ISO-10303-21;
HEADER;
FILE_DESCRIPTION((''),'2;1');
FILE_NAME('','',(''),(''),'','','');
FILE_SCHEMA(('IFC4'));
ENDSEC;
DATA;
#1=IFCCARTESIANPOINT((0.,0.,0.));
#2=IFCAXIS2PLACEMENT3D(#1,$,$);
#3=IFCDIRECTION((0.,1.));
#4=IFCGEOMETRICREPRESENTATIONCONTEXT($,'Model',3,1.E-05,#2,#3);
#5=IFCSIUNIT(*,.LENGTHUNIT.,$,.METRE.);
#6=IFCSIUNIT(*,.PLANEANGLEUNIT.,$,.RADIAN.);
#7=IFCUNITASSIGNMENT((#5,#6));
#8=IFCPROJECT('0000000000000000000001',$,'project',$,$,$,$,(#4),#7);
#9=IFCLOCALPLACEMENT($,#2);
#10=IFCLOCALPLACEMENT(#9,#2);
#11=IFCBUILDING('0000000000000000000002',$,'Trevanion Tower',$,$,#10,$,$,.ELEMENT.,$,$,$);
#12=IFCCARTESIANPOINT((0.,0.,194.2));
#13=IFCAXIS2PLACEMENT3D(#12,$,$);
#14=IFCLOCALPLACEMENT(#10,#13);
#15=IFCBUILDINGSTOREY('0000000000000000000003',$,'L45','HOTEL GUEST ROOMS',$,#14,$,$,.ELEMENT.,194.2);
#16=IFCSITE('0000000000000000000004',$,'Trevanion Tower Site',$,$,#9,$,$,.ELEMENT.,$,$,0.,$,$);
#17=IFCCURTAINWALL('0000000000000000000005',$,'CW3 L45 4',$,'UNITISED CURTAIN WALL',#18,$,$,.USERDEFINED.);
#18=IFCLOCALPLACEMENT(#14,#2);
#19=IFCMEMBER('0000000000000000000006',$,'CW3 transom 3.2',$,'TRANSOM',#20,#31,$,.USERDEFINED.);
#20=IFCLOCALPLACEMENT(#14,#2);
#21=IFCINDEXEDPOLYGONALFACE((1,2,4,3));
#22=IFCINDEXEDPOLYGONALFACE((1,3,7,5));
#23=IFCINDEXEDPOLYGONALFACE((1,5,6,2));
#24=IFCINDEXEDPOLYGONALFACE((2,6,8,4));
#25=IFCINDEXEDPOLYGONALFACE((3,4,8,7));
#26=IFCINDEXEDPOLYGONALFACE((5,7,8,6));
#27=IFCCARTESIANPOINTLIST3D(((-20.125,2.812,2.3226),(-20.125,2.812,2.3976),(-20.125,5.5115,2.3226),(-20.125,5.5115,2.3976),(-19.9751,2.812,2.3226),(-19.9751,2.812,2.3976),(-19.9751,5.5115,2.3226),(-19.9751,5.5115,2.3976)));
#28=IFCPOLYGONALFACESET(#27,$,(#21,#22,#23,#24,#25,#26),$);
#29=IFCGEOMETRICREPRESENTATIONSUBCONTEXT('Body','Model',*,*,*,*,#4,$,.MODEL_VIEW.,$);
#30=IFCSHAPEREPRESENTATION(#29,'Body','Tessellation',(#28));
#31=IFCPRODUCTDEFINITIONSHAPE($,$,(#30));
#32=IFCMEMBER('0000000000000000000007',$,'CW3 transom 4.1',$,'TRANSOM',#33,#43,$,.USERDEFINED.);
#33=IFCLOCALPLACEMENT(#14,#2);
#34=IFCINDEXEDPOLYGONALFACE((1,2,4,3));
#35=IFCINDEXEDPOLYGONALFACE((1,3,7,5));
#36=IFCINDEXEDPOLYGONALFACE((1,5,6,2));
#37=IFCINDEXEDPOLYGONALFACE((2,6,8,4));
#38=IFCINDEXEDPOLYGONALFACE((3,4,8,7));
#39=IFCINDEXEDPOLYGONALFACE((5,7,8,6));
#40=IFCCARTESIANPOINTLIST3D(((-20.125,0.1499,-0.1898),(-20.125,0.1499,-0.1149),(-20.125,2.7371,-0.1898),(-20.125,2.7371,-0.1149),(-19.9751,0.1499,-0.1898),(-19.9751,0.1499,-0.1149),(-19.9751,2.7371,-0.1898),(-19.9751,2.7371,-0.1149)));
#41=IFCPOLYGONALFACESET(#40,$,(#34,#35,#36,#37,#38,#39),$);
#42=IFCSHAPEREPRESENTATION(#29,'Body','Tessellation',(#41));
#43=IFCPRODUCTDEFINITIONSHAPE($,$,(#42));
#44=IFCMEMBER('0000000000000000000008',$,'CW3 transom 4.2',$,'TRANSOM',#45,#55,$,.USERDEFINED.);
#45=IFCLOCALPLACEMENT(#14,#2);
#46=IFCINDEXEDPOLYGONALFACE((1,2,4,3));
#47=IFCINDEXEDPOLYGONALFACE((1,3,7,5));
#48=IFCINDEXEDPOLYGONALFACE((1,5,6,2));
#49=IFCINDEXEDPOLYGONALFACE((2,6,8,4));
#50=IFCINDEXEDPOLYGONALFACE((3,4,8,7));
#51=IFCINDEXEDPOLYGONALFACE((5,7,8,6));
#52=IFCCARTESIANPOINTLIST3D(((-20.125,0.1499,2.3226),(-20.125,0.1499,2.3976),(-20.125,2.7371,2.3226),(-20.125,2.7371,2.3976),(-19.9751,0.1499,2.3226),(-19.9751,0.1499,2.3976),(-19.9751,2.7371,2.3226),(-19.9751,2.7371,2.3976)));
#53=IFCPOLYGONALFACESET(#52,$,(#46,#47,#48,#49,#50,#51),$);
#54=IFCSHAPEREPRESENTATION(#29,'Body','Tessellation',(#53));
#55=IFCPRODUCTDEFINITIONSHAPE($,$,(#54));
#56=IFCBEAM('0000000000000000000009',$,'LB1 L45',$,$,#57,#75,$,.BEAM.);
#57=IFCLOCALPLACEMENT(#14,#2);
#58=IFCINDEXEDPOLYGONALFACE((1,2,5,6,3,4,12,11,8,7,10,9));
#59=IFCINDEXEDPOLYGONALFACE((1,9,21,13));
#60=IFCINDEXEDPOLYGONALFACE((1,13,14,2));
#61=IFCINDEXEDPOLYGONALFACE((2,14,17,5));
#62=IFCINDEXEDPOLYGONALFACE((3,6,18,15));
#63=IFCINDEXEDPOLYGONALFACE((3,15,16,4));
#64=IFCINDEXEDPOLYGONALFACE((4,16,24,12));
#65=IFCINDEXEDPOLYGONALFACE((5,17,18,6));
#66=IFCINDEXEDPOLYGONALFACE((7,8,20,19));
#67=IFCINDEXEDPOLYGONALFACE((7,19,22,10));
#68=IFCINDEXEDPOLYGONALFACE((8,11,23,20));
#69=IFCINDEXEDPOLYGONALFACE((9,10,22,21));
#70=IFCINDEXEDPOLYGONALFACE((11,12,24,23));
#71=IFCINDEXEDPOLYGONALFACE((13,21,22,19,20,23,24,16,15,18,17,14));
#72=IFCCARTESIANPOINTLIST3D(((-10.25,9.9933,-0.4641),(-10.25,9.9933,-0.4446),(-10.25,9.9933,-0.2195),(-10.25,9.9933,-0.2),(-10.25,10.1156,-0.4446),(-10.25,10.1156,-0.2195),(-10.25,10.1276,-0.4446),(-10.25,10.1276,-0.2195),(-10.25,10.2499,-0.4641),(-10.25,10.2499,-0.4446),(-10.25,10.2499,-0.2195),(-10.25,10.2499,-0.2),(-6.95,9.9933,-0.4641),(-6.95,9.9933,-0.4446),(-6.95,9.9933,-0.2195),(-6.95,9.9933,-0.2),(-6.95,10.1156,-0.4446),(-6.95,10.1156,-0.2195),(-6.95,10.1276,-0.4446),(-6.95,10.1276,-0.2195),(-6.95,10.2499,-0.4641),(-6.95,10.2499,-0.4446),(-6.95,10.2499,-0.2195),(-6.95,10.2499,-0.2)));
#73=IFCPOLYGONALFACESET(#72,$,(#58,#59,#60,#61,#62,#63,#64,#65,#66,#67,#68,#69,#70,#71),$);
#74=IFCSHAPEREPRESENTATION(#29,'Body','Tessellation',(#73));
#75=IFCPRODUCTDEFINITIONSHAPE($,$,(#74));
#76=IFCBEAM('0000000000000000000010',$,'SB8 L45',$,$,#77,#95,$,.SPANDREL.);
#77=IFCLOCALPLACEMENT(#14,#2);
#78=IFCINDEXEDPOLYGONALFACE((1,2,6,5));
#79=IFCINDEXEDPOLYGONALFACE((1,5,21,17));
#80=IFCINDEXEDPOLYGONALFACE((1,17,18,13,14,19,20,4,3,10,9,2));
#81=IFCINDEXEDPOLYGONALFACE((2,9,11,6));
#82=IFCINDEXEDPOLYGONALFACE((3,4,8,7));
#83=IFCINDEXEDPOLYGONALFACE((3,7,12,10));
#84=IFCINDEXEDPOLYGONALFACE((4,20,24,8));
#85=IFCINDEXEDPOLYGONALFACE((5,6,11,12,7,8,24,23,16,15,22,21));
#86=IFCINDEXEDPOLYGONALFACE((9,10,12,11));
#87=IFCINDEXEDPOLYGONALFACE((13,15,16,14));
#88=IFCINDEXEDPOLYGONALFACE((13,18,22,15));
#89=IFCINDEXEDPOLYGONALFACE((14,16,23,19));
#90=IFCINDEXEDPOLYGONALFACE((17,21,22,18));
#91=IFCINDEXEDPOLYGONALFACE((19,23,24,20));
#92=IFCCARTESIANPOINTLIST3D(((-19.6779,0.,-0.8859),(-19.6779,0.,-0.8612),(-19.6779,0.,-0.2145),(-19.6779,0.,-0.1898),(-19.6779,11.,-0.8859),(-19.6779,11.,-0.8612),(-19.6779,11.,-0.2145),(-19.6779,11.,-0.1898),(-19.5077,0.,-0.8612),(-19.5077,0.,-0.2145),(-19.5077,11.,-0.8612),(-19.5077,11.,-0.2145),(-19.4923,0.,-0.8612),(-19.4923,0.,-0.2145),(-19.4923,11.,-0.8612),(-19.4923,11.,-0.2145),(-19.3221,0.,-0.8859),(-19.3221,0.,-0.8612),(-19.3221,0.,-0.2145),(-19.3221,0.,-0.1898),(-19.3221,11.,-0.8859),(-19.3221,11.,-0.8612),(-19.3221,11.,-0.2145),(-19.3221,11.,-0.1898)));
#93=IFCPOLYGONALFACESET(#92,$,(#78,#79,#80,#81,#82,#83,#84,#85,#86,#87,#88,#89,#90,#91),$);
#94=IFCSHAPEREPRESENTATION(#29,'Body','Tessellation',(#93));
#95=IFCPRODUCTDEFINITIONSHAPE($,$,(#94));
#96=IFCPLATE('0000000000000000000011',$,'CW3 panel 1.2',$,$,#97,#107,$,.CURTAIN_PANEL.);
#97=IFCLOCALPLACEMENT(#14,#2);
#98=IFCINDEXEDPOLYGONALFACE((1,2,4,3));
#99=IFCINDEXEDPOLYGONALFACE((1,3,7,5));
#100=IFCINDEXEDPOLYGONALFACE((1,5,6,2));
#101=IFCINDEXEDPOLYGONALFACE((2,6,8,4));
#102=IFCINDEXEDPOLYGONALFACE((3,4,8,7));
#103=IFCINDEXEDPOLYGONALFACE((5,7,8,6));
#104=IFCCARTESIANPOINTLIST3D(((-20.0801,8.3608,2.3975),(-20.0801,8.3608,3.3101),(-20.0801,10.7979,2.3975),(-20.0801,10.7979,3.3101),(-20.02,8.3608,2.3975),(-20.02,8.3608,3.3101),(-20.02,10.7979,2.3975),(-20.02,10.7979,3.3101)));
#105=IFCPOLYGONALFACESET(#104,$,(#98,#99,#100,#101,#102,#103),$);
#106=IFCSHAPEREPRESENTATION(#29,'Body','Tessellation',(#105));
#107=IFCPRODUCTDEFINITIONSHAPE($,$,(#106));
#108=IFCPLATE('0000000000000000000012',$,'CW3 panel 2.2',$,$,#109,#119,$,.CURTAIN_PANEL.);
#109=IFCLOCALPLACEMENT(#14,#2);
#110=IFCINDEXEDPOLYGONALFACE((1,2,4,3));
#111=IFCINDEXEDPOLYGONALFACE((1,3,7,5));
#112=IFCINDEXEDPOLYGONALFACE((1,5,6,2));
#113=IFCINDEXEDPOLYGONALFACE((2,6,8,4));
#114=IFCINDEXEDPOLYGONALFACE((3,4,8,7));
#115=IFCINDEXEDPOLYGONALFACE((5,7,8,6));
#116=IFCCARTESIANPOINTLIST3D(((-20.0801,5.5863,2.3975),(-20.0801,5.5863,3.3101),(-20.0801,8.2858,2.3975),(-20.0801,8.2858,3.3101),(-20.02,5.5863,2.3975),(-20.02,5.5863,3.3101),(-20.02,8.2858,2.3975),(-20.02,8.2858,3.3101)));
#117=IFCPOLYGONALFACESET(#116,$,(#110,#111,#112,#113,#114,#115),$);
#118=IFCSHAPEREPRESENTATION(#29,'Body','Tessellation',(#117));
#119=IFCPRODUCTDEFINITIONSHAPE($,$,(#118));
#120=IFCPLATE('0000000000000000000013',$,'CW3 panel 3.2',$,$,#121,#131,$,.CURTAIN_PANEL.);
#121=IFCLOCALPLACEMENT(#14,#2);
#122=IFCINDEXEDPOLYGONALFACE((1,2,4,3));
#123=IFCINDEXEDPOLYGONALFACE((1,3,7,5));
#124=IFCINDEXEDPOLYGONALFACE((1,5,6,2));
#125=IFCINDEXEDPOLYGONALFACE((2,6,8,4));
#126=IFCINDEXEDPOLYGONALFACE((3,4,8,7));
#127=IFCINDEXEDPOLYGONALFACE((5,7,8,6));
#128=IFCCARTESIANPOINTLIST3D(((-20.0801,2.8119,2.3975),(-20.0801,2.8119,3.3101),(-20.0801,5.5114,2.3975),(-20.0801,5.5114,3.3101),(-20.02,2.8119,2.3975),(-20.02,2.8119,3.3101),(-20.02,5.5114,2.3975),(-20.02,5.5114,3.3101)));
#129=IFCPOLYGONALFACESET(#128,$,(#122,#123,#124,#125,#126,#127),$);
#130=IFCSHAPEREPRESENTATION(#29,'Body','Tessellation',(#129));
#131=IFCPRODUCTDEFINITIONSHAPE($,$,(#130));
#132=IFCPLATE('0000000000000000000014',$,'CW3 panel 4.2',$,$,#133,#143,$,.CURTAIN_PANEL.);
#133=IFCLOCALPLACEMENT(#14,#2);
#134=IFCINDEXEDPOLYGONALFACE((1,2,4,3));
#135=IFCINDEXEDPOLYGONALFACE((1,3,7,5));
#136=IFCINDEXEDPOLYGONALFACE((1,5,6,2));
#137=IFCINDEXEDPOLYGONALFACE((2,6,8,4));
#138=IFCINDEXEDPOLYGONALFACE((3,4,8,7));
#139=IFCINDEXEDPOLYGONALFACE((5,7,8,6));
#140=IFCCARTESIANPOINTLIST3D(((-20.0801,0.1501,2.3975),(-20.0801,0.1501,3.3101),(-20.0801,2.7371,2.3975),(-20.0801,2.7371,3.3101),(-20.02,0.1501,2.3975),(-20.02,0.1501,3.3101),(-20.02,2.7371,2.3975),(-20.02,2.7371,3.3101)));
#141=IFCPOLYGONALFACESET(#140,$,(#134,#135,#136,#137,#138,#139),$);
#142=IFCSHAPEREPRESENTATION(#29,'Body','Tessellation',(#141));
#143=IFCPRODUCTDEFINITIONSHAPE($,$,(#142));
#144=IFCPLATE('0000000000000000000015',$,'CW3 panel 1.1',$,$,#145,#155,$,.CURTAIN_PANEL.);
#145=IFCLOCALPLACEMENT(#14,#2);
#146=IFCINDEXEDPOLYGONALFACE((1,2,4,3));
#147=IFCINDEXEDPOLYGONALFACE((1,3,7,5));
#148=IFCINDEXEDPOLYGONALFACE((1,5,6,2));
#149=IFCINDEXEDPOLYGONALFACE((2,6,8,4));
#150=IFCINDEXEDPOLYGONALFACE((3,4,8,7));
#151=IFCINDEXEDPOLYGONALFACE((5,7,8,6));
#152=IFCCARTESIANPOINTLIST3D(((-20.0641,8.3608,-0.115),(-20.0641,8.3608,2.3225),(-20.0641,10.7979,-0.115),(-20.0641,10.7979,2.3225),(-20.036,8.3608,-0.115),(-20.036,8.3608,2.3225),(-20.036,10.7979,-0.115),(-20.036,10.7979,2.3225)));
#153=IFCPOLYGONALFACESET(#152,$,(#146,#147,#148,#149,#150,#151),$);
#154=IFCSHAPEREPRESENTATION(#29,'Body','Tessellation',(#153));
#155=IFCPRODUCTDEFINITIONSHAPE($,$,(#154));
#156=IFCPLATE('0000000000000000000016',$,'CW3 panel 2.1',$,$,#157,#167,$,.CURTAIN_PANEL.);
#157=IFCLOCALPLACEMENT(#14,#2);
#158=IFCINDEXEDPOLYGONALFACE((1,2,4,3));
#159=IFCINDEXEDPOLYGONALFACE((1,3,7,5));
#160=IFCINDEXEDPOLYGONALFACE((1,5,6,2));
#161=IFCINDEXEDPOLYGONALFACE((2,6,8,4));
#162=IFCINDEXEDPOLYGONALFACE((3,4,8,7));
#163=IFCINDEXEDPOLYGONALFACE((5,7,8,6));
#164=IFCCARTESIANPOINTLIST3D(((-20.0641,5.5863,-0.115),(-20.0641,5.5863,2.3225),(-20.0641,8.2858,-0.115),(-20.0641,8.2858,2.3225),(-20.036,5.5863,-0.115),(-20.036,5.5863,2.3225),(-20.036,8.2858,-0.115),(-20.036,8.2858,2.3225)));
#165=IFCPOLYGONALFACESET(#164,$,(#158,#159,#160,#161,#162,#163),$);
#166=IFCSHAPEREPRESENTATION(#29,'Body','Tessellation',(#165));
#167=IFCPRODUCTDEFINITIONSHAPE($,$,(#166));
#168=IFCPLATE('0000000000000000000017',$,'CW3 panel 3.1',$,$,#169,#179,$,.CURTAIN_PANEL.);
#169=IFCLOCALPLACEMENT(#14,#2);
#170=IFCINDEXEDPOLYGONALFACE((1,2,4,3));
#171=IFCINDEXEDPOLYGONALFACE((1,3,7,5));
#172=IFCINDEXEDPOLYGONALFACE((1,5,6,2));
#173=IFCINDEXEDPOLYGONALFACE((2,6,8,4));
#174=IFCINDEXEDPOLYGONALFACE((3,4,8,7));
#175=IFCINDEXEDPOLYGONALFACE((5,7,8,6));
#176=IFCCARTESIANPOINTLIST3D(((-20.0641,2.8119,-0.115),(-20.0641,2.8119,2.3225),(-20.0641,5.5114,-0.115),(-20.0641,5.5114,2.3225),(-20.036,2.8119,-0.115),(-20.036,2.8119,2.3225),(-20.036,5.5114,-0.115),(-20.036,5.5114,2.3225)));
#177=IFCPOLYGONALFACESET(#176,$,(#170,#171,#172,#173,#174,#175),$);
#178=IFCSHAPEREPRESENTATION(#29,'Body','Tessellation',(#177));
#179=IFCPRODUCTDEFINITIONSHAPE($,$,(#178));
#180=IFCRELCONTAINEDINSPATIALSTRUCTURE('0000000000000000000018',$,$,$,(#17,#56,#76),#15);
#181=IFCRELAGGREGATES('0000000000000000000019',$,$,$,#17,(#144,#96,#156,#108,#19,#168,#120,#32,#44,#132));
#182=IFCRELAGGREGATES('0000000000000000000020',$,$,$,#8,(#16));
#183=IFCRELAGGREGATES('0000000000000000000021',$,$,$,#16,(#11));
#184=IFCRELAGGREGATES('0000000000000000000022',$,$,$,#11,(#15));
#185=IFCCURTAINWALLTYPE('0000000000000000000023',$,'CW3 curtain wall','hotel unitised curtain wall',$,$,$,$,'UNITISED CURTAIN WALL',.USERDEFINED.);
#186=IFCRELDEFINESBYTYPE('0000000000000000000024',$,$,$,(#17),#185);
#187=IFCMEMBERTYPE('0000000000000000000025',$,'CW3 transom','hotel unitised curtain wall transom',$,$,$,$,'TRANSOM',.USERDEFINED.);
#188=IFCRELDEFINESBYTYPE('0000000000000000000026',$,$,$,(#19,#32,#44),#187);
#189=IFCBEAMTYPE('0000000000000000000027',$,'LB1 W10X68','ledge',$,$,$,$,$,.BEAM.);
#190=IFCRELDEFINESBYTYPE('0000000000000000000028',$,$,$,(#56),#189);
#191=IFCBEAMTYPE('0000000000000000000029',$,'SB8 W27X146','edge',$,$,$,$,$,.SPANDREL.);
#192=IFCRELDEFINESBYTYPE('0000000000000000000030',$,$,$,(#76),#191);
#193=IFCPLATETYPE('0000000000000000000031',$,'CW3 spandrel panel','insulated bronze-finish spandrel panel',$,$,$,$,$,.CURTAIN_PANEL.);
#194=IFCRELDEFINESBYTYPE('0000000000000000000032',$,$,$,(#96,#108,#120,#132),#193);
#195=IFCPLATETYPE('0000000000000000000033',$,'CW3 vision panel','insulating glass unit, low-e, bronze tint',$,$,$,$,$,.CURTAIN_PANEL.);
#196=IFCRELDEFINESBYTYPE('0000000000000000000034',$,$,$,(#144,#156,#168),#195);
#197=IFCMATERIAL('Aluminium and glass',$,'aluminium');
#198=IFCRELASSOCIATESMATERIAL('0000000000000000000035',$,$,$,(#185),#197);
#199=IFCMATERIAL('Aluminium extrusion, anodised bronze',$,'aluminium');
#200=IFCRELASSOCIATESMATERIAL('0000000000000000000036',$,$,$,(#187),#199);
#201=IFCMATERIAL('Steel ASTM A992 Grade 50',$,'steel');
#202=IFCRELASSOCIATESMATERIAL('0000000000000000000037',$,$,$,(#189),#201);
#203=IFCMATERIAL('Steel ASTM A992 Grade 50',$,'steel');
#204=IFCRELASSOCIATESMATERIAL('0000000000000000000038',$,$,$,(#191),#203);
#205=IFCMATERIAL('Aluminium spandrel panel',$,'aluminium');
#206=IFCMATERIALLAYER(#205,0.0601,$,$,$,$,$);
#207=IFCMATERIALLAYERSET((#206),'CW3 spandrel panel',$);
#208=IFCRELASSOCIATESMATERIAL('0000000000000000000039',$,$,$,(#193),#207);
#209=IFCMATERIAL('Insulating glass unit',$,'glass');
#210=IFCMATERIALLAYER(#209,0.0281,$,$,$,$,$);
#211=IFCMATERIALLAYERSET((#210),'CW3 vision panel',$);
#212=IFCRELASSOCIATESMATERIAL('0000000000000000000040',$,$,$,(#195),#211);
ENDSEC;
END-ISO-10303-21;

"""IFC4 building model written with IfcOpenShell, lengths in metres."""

from ifc_helpers import new_model, si_unit, direction, frame, origin, origin_2d, place, context, subcontext, project, spatial, rectangle, i_section, extrude, material, layer, layer_set, material_profile, profile_set, type_object, element, aggregate, save


model = new_model("IFC4")

# Units and contexts
model_context = context("Model", 3, precision=1e-05, world=origin(), true_north=direction((0.0, 1.0)))
body_context = subcontext(model_context, "Body", "Model", "MODEL_VIEW")
ifc_project = project(units=[si_unit("LENGTHUNIT", "METRE"), si_unit("PLANEANGLEUNIT", "RADIAN")], contexts=[model_context])

# Site, building, storey
site_placement = place(None, origin())
site = spatial("IfcSite", under=ifc_project, at=site_placement, Name="Trevanion Tower Site", CompositionType="ELEMENT", RefElevation=0.0)
building_placement = place(site_placement, origin())
building = spatial("IfcBuilding", under=site, at=building_placement, Name="Trevanion Tower", CompositionType="ELEMENT")
storey_placement = place(building_placement, frame((0.0, 0.0, 194.2)))
storey = spatial("IfcBuildingStorey", under=building, at=storey_placement, Name="L45", Description="HOTEL GUEST ROOMS", CompositionType="ELEMENT", Elevation=194.2)

# Curtain wall, members
ifc_material_1 = material(Name="Aluminium and glass", Category="aluminium")
curtain_wall_type = type_object("IfcCurtainWallType", Name="CW3 curtain wall", Description="hotel unitised curtain wall", ElementType="UNITISED CURTAIN WALL", PredefinedType="USERDEFINED", material=ifc_material_1)
curtain_wall_placement = place(storey_placement, origin())
curtain_wall = element("IfcCurtainWall", 1, at=curtain_wall_placement, inside=storey, type_object=curtain_wall_type, Name="CW3 L45 4", ObjectType="UNITISED CURTAIN WALL", PredefinedType="USERDEFINED")
ifc_material_2 = material(Name="Aluminium extrusion, anodised bronze", Category="aluminium")
ifc_material_profile_1 = material_profile(ifc_material_2, rectangle(XDim=0.1499, YDim=0.075, at=origin_2d()), Name="CW3 transom")
ifc_profile_set_1 = profile_set([ifc_material_profile_1], Name="Aluminium extrusion, anodised bronze")
member_type_1 = type_object("IfcMemberType", Name="CW3 transom", Description="hotel unitised curtain wall transom", ElementType="TRANSOM", PredefinedType="USERDEFINED", material=ifc_profile_set_1)
member_1_placement = place(storey_placement, frame((-20.05, 5.5115, 2.3601), z_axis=(0.0, -1.0, 0.0), x_axis=(1.0, 0.0, 0.0)))
member_1 = element("IfcMember", 2, at=member_1_placement, type_object=member_type_1, Name="CW3 transom 3.2", ObjectType="TRANSOM", PredefinedType="USERDEFINED", context=body_context, shape_type="SweptSolid", body=[
    extrude(rectangle(XDim=0.1499, YDim=0.075, at=origin_2d()), origin(), (0.0, 0.0, 1.0), 2.6995),
])
member_2_placement = place(storey_placement, frame((-20.05, 2.7371, -0.1523), z_axis=(0.0, -1.0, 0.0), x_axis=(1.0, 0.0, 0.0)))
member_2 = element("IfcMember", 3, at=member_2_placement, type_object=member_type_1, Name="CW3 transom 4.1", ObjectType="TRANSOM", PredefinedType="USERDEFINED", context=body_context, shape_type="SweptSolid", body=[
    extrude(rectangle(XDim=0.1499, YDim=0.075, at=origin_2d()), origin(), (0.0, 0.0, 1.0), 2.5872),
])
member_3_placement = place(storey_placement, frame((-20.05, 2.7371, 2.3601), z_axis=(0.0, -1.0, 0.0), x_axis=(1.0, 0.0, 0.0)))
member_3 = element("IfcMember", 4, at=member_3_placement, type_object=member_type_1, Name="CW3 transom 4.2", ObjectType="TRANSOM", PredefinedType="USERDEFINED", context=body_context, shape_type="SweptSolid", body=[
    extrude(rectangle(XDim=0.1499, YDim=0.075, at=origin_2d()), origin(), (0.0, 0.0, 1.0), 2.5872),
])

# Beams
ifc_material_3 = material(Name="Steel ASTM A992 Grade 50", Category="steel")
ifc_material_profile_2 = material_profile(ifc_material_3, i_section(OverallWidth=0.2566, OverallDepth=0.2642, WebThickness=0.012, FlangeThickness=0.0195, at=origin_2d()), Name="W10X68")
ifc_profile_set_2 = profile_set([ifc_material_profile_2], Name="Steel ASTM A992 Grade 50")
beam_type_1 = type_object("IfcBeamType", Name="LB1 W10X68", Description="ledge", PredefinedType="BEAM", material=ifc_profile_set_2)
beam_1_placement = place(storey_placement, frame((-10.25, 10.1216, -0.332), z_axis=(1.0, 0.0, 0.0), x_axis=(0.0, 1.0, 0.0)))
element("IfcBeam", 5, at=beam_1_placement, inside=storey, type_object=beam_type_1, Name="LB1 L45", PredefinedType="BEAM", context=body_context, shape_type="SweptSolid", body=[
    extrude(i_section(OverallWidth=0.2566, OverallDepth=0.2642, WebThickness=0.012, FlangeThickness=0.0195, at=origin_2d()), origin(), (0.0, 0.0, 1.0), 3.3),
])
ifc_material_4 = material(Name="Steel ASTM A992 Grade 50", Category="steel")
ifc_material_profile_3 = material_profile(ifc_material_4, i_section(OverallWidth=0.3557, OverallDepth=0.696, WebThickness=0.0154, FlangeThickness=0.0247, at=origin_2d()), Name="W27X146")
ifc_profile_set_3 = profile_set([ifc_material_profile_3], Name="Steel ASTM A992 Grade 50")
beam_type_2 = type_object("IfcBeamType", Name="SB8 W27X146", Description="edge", PredefinedType="SPANDREL", material=ifc_profile_set_3)
beam_2_placement = place(storey_placement, frame((-19.5, 11.0, -0.5378), z_axis=(0.0, -1.0, 0.0), x_axis=(1.0, 0.0, 0.0)))
element("IfcBeam", 6, at=beam_2_placement, inside=storey, type_object=beam_type_2, Name="SB8 L45", PredefinedType="SPANDREL", context=body_context, shape_type="SweptSolid", body=[
    extrude(i_section(OverallWidth=0.3557, OverallDepth=0.696, WebThickness=0.0154, FlangeThickness=0.0247, at=origin_2d()), origin(), (0.0, 0.0, 1.0), 11.0),
])

# Plates
ifc_material_5 = material(Name="Aluminium spandrel panel", Category="aluminium")
ifc_layer_1 = layer(ifc_material_5, 0.0601)
ifc_layer_set_1 = layer_set([ifc_layer_1], Name="CW3 spandrel panel")
plate_type_1 = type_object("IfcPlateType", Name="CW3 spandrel panel", Description="insulated bronze-finish spandrel panel", PredefinedType="CURTAIN_PANEL", material=ifc_layer_set_1)
plate_1_placement = place(storey_placement, frame((-20.05, 9.5793, 2.3975), z_axis=(0.0, 0.0, 1.0), x_axis=(0.0, -1.0, 0.0)))
plate_1 = element("IfcPlate", 7, at=plate_1_placement, type_object=plate_type_1, Name="CW3 panel 1.2", PredefinedType="CURTAIN_PANEL", context=body_context, shape_type="SweptSolid", body=[
    extrude(rectangle(XDim=2.437, YDim=0.0601, at=origin_2d()), origin(), (0.0, 0.0, 1.0), 0.9126),
])
plate_2_placement = place(storey_placement, frame((-20.05, 6.936, 2.3975), z_axis=(0.0, 0.0, 1.0), x_axis=(0.0, -1.0, 0.0)))
plate_2 = element("IfcPlate", 8, at=plate_2_placement, type_object=plate_type_1, Name="CW3 panel 2.2", PredefinedType="CURTAIN_PANEL", context=body_context, shape_type="SweptSolid", body=[
    extrude(rectangle(XDim=2.6995, YDim=0.0601, at=origin_2d()), origin(), (0.0, 0.0, 1.0), 0.9126),
])
plate_3_placement = place(storey_placement, frame((-20.05, 4.1616, 2.3975), z_axis=(0.0, 0.0, 1.0), x_axis=(0.0, -1.0, 0.0)))
plate_3 = element("IfcPlate", 9, at=plate_3_placement, type_object=plate_type_1, Name="CW3 panel 3.2", PredefinedType="CURTAIN_PANEL", context=body_context, shape_type="SweptSolid", body=[
    extrude(rectangle(XDim=2.6995, YDim=0.0601, at=origin_2d()), origin(), (0.0, 0.0, 1.0), 0.9126),
])
plate_4_placement = place(storey_placement, frame((-20.05, 1.4436, 2.3975), z_axis=(0.0, 0.0, 1.0), x_axis=(0.0, -1.0, 0.0)))
plate_4 = element("IfcPlate", 10, at=plate_4_placement, type_object=plate_type_1, Name="CW3 panel 4.2", PredefinedType="CURTAIN_PANEL", context=body_context, shape_type="SweptSolid", body=[
    extrude(rectangle(XDim=2.5869, YDim=0.0601, at=origin_2d()), origin(), (0.0, 0.0, 1.0), 0.9126),
])
ifc_material_6 = material(Name="Insulating glass unit", Category="glass")
ifc_layer_2 = layer(ifc_material_6, 0.0281)
ifc_layer_set_2 = layer_set([ifc_layer_2], Name="CW3 vision panel")
plate_type_2 = type_object("IfcPlateType", Name="CW3 vision panel", Description="insulating glass unit, low-e, bronze tint", PredefinedType="CURTAIN_PANEL", material=ifc_layer_set_2)
plate_5_placement = place(storey_placement, frame((-20.05, 9.5793, -0.115), z_axis=(0.0, 0.0, 1.0), x_axis=(0.0, -1.0, 0.0)))
plate_5 = element("IfcPlate", 11, at=plate_5_placement, type_object=plate_type_2, Name="CW3 panel 1.1", PredefinedType="CURTAIN_PANEL", context=body_context, shape_type="SweptSolid", body=[
    extrude(rectangle(XDim=2.437, YDim=0.0281, at=origin_2d()), origin(), (0.0, 0.0, 1.0), 2.4375),
])
plate_6_placement = place(storey_placement, frame((-20.05, 6.936, -0.115), z_axis=(0.0, 0.0, 1.0), x_axis=(0.0, -1.0, 0.0)))
plate_6 = element("IfcPlate", 12, at=plate_6_placement, type_object=plate_type_2, Name="CW3 panel 2.1", PredefinedType="CURTAIN_PANEL", context=body_context, shape_type="SweptSolid", body=[
    extrude(rectangle(XDim=2.6995, YDim=0.0281, at=origin_2d()), origin(), (0.0, 0.0, 1.0), 2.4375),
])
plate_7_placement = place(storey_placement, frame((-20.05, 4.1616, -0.115), z_axis=(0.0, 0.0, 1.0), x_axis=(0.0, -1.0, 0.0)))
plate_7 = element("IfcPlate", 13, at=plate_7_placement, type_object=plate_type_2, Name="CW3 panel 3.1", PredefinedType="CURTAIN_PANEL", context=body_context, shape_type="SweptSolid", body=[
    extrude(rectangle(XDim=2.6995, YDim=0.0281, at=origin_2d()), origin(), (0.0, 0.0, 1.0), 2.4375),
])
aggregate(curtain_wall, [plate_5, plate_1, plate_6, plate_2, member_1, plate_7, plate_3, member_2, member_3, plate_4])

save(model, "model.ifc")
